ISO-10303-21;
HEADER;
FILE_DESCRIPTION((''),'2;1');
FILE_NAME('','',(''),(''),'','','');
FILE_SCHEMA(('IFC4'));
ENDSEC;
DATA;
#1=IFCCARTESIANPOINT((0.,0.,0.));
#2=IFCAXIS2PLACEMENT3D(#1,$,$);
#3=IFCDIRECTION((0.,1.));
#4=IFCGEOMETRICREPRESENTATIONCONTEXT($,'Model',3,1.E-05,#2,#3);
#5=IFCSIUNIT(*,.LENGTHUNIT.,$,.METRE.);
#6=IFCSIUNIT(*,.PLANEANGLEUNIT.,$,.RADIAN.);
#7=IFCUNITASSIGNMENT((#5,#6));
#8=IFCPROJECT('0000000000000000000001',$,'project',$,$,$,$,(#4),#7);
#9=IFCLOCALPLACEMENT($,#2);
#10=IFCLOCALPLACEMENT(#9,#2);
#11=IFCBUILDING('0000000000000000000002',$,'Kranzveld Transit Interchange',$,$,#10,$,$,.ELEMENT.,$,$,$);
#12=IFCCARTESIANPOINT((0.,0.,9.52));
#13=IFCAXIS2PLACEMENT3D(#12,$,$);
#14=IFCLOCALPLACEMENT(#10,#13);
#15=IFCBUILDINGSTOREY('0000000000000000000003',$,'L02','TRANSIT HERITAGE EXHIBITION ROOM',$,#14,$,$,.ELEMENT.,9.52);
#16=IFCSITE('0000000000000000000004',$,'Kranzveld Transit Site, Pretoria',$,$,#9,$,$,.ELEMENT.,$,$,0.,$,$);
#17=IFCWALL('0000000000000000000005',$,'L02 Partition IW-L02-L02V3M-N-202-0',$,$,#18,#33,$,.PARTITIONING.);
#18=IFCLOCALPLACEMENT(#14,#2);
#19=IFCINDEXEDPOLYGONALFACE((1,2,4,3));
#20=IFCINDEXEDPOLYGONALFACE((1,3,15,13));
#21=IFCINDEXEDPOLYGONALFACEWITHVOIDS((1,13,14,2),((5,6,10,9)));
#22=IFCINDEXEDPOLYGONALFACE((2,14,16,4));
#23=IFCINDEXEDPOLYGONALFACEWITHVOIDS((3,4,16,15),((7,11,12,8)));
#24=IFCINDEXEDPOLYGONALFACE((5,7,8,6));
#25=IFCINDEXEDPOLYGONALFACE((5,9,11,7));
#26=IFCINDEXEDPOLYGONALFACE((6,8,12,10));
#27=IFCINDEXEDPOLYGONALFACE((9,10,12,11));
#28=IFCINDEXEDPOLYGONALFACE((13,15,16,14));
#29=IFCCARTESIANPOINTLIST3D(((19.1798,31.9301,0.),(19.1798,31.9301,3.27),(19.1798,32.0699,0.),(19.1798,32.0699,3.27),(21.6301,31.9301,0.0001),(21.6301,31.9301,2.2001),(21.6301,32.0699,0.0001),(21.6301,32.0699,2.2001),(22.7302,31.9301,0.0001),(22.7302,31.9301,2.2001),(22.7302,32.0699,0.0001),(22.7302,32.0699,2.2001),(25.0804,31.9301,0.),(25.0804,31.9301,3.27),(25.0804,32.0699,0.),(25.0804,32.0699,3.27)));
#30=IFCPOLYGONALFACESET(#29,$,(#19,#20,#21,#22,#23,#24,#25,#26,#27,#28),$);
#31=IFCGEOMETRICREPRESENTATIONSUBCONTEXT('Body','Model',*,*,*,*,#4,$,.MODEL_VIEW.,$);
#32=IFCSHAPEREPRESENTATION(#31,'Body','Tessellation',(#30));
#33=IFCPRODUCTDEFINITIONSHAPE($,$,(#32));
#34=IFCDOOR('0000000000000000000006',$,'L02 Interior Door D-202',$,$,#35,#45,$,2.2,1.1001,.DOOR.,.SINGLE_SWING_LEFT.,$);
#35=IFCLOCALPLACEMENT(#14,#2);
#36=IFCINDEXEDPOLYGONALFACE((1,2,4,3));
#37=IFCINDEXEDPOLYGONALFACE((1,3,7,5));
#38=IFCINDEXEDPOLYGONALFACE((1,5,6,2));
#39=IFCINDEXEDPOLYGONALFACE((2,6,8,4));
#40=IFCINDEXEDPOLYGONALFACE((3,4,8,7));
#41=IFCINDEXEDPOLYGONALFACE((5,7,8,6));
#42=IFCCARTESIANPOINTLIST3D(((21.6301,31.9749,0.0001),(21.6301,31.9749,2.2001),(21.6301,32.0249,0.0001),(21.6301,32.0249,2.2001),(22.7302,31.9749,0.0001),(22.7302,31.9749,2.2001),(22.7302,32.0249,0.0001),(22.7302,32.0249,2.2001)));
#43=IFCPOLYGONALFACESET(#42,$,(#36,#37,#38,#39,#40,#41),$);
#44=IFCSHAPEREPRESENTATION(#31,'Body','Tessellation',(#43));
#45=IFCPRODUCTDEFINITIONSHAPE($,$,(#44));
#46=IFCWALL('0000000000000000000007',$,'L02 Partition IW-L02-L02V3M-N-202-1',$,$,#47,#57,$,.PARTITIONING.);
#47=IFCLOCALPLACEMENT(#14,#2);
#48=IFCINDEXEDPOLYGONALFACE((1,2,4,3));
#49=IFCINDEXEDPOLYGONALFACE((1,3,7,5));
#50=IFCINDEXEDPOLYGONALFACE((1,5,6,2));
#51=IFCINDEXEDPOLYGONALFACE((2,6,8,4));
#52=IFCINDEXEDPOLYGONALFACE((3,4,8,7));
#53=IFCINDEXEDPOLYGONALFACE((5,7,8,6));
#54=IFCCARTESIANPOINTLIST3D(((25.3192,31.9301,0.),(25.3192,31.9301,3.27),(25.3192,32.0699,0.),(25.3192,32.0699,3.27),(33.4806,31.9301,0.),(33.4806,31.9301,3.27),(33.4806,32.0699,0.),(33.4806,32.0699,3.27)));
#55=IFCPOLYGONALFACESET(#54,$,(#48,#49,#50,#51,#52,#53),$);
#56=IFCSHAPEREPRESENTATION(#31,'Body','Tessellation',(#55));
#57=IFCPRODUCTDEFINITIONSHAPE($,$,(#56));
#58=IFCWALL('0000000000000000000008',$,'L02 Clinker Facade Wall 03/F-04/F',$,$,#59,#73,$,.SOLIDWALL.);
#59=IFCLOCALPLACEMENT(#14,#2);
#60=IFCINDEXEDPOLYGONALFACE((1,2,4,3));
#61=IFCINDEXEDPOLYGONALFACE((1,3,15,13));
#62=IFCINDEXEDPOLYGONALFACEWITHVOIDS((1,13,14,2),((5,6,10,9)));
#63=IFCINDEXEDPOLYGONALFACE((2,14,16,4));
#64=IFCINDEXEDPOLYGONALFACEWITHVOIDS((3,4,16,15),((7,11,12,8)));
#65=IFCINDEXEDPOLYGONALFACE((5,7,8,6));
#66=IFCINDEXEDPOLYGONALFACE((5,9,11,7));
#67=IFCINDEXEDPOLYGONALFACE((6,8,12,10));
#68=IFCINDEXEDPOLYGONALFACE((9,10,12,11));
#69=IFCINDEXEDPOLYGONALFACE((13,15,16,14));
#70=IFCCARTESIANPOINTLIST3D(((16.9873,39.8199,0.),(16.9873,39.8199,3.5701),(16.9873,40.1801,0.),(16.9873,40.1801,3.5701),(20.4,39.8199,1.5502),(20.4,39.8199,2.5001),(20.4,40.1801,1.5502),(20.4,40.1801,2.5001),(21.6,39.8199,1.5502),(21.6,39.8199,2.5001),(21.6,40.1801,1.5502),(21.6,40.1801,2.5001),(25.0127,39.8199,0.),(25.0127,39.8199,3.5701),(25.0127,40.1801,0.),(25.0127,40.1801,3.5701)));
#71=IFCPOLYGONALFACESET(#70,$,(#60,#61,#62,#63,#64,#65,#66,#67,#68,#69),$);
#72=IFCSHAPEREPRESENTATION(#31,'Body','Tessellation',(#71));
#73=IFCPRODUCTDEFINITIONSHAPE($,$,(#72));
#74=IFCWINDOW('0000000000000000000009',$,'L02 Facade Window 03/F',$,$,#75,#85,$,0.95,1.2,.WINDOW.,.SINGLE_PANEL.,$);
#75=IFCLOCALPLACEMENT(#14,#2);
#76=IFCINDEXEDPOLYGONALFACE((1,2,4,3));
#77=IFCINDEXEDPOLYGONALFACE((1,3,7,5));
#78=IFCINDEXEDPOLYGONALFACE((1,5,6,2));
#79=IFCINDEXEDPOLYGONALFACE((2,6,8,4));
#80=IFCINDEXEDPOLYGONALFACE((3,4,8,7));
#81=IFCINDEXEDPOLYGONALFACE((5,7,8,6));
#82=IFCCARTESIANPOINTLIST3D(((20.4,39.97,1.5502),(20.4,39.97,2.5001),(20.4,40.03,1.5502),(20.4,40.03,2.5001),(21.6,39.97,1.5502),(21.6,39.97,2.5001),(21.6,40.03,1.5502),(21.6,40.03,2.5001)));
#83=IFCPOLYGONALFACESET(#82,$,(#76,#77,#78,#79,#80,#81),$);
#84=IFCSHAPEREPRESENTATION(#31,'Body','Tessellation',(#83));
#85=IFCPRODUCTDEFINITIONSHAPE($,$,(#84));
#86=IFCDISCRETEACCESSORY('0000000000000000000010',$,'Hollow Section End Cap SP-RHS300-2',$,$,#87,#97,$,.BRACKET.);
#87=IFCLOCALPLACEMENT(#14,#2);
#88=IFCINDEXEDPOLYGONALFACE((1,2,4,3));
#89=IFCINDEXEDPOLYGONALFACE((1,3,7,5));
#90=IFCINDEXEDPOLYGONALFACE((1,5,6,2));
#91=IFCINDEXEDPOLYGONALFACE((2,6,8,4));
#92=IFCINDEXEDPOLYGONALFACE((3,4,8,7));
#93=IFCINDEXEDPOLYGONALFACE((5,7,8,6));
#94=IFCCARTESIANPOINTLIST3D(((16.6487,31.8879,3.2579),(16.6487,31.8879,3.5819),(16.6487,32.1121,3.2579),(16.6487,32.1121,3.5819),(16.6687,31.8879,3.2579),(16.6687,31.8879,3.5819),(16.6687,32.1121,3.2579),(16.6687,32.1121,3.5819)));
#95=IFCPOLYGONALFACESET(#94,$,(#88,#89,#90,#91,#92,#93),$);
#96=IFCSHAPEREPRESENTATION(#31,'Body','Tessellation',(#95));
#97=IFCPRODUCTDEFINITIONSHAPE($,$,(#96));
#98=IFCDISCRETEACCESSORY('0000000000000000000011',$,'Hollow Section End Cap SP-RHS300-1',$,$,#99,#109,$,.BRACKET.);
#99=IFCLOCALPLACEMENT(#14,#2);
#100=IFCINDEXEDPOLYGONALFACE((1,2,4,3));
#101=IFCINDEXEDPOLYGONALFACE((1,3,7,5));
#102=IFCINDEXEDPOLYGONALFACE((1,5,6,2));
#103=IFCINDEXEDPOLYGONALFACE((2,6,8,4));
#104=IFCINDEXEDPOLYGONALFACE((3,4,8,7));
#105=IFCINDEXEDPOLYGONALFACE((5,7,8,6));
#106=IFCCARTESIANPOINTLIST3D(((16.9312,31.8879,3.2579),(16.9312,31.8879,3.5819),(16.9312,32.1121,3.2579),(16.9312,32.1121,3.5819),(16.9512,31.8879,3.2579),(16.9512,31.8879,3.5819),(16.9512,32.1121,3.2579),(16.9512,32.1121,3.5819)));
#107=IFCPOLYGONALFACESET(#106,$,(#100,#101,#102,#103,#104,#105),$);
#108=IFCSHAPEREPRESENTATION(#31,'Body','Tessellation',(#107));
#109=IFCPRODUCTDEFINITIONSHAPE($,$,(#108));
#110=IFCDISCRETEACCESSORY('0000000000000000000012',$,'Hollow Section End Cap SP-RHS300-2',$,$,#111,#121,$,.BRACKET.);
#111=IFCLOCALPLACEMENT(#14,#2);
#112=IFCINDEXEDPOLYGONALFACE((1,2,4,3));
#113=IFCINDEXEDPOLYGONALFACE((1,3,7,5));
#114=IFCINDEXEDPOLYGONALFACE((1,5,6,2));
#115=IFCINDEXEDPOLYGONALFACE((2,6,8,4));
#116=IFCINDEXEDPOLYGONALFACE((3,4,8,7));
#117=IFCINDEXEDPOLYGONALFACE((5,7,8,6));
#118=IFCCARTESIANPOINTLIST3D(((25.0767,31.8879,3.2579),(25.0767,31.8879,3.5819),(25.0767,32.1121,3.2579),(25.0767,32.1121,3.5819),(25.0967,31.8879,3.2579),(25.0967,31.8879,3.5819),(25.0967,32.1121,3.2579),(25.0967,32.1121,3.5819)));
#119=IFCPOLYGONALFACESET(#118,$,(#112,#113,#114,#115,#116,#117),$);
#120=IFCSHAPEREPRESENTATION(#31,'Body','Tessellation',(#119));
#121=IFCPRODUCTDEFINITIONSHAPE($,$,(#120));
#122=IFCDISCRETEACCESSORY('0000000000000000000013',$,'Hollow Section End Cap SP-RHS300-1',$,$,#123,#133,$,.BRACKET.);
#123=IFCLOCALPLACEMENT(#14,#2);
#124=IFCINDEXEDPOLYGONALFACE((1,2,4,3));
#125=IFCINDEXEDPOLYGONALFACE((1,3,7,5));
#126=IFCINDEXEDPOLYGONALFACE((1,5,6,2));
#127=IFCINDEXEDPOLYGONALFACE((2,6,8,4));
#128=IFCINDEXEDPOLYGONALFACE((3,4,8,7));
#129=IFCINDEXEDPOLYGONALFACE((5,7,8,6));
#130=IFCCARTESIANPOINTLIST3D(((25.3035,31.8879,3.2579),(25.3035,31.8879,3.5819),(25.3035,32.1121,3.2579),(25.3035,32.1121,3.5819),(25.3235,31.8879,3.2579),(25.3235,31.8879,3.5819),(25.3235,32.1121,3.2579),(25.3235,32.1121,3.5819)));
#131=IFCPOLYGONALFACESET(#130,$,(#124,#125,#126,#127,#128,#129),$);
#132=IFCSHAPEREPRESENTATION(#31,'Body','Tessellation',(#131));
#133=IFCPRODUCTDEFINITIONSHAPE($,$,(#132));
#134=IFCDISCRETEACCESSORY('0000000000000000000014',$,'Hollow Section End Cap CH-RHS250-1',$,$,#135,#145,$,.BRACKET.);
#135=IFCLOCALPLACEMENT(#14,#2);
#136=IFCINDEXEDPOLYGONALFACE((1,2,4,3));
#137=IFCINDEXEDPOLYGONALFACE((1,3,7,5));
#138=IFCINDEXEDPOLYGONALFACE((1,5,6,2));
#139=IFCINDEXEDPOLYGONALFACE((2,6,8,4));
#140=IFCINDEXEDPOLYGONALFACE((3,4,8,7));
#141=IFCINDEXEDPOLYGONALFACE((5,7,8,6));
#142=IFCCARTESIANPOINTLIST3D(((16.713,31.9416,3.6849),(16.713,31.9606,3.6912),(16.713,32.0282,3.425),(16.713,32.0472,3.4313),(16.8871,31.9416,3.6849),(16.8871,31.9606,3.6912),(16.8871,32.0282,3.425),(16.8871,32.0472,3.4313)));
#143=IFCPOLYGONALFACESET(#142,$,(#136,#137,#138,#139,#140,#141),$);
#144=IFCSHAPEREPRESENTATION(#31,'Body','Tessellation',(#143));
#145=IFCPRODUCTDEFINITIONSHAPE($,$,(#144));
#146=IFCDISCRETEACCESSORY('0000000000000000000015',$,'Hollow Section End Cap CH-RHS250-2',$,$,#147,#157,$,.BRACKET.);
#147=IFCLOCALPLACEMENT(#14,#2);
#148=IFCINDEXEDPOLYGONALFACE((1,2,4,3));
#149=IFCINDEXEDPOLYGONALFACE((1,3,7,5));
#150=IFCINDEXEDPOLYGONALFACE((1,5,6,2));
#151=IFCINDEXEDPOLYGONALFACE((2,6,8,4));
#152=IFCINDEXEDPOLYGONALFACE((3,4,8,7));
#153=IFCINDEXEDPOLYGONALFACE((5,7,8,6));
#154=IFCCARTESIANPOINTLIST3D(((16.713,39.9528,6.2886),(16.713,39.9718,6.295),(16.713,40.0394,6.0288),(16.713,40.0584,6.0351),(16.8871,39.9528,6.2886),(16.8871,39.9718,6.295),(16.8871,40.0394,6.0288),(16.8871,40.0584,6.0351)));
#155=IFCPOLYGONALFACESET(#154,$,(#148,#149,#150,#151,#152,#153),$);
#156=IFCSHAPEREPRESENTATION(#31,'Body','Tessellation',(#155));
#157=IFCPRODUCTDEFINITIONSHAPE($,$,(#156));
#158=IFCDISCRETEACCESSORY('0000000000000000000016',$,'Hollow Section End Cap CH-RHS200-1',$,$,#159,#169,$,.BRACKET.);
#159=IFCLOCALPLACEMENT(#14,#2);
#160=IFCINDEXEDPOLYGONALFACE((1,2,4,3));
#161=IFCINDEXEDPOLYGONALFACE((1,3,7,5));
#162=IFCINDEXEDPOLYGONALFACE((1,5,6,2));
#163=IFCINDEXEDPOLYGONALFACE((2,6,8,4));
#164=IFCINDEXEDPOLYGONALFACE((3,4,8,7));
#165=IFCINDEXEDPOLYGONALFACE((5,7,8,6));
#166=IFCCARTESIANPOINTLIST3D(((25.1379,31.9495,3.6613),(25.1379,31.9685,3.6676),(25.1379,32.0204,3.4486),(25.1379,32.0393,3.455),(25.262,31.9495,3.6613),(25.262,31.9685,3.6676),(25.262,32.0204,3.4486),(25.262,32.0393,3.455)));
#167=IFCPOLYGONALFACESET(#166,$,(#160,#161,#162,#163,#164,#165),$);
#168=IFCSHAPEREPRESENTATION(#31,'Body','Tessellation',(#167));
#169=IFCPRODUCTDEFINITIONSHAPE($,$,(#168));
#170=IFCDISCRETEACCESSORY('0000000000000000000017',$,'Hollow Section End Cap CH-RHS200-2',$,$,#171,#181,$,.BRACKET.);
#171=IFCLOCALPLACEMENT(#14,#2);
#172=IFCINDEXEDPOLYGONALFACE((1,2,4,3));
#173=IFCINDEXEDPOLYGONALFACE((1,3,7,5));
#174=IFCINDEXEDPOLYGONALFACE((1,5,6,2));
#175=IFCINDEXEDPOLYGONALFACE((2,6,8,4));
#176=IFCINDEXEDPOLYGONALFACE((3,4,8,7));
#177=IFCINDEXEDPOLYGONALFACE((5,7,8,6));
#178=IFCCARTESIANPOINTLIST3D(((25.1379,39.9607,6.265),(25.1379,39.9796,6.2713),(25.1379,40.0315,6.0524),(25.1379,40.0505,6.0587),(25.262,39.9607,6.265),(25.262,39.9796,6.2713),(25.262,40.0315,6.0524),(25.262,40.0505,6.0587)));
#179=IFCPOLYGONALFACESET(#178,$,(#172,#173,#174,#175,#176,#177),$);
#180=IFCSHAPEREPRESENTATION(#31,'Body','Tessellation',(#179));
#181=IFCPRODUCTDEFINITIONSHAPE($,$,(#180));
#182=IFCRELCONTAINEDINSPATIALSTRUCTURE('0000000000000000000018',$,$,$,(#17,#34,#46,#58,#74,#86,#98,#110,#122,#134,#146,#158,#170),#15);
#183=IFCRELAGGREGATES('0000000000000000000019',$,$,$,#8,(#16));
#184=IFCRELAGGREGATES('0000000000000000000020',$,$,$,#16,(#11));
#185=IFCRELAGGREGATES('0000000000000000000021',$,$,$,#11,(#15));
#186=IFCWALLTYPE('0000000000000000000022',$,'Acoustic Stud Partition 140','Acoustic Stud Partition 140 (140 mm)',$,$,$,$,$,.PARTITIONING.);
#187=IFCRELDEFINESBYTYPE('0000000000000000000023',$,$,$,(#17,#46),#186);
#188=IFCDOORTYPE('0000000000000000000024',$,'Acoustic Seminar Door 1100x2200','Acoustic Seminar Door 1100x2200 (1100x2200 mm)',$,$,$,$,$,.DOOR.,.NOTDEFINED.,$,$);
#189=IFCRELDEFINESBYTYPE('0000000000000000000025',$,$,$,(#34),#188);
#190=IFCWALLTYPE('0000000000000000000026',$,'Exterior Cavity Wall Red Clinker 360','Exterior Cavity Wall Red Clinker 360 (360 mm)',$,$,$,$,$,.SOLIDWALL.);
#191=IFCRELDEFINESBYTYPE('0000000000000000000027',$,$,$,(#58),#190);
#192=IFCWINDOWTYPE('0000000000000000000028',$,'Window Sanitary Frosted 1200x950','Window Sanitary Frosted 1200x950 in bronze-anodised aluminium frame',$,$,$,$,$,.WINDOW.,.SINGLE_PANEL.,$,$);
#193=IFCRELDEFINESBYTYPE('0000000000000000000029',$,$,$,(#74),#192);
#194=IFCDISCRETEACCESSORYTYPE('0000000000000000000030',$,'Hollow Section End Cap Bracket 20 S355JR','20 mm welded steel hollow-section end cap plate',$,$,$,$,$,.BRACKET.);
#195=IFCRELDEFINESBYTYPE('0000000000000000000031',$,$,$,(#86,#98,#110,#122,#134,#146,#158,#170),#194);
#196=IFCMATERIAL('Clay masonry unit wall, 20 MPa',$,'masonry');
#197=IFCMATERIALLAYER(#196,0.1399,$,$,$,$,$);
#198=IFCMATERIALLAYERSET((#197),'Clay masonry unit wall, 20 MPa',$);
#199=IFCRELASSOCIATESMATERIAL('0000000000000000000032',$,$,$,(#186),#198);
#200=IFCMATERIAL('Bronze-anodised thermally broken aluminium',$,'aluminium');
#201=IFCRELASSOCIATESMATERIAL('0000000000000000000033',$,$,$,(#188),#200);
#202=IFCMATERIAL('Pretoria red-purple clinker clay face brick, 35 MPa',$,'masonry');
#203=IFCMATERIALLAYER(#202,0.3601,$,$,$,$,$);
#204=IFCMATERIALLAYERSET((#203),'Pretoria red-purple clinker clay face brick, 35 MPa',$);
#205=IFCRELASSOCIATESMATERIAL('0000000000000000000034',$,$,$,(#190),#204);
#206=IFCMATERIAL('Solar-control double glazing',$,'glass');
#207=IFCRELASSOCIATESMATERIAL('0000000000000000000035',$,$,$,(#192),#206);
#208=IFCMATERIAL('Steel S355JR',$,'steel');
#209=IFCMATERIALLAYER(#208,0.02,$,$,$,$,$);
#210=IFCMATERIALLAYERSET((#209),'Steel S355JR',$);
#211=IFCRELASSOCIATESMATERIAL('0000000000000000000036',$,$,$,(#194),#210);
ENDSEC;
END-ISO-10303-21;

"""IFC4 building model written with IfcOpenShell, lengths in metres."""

from ifc_helpers import new_model, si_unit, direction, frame, frame_2d, origin, origin_2d, place, context, subcontext, project, spatial, rectangle, extrude, material, layer, layer_set, type_object, element, fill, save


model = new_model("IFC4")

# Units and contexts
model_context = context("Model", 3, precision=1e-05, world=origin(), true_north=direction((0.0, 1.0)))
body_context = subcontext(model_context, "Body", "Model", "MODEL_VIEW")
ifc_project = project(units=[si_unit("LENGTHUNIT", "METRE"), si_unit("PLANEANGLEUNIT", "RADIAN")], contexts=[model_context])

# Site, building, storey
site_placement = place(None, origin())
site = spatial("IfcSite", under=ifc_project, at=site_placement, Name="Kranzveld Transit Site, Pretoria", CompositionType="ELEMENT", RefElevation=0.0)
building_placement = place(site_placement, origin())
building = spatial("IfcBuilding", under=site, at=building_placement, Name="Kranzveld Transit Interchange", CompositionType="ELEMENT")
storey_placement = place(building_placement, frame((0.0, 0.0, 9.52)))
storey = spatial("IfcBuildingStorey", under=building, at=storey_placement, Name="L02", Description="TRANSIT HERITAGE EXHIBITION ROOM", CompositionType="ELEMENT", Elevation=9.52)

# Wall, opening, door
ifc_material_1 = material(Name="Clay masonry unit wall, 20 MPa", Category="masonry")
ifc_layer_1 = layer(ifc_material_1, 0.1399)
ifc_layer_set_1 = layer_set([ifc_layer_1], Name="Clay masonry unit wall, 20 MPa")
wall_type_1 = type_object("IfcWallType", Name="Acoustic Stud Partition 140", Description="Acoustic Stud Partition 140 (140 mm)", PredefinedType="PARTITIONING", material=ifc_layer_set_1)
wall_1_placement = place(storey_placement, frame((19.1799, 32.0, 0.0), z_axis=(0.0, 0.0, 1.0), x_axis=(1.0, 0.0, 0.0)))
wall_1 = element("IfcWall", 1, at=wall_1_placement, inside=storey, type_object=wall_type_1, Name="L02 Partition IW-L02-L02V3M-N-202-0", PredefinedType="PARTITIONING", context=body_context, shape_type="SweptSolid", body=[
    extrude(rectangle(XDim=5.9006, YDim=0.1399, at=frame_2d((2.9502, 0.0))), origin(), (0.0, 0.0, 1.0), 3.27),
])
opening_1_placement = place(wall_1_placement, frame((2.4502, 0.0, 0.0), z_axis=(0.0, 0.0, 1.0), x_axis=(1.0, 0.0, 0.0)))
opening_1 = element("IfcOpeningElement", 2, at=opening_1_placement, cuts=wall_1, PredefinedType="OPENING", context=body_context, shape_type="SweptSolid", body=[
    extrude(rectangle(XDim=1.1001, YDim=2.2, at=frame_2d((0.55, 1.1001))), frame((0.0, 0.0798, 0.0), z_axis=(0.0, -1.0, 0.0), x_axis=(1.0, 0.0, 0.0)), (0.0, 0.0, 1.0), 0.1599),
])
ifc_material_2 = material(Name="Bronze-anodised thermally broken aluminium", Category="aluminium")
door_type = type_object("IfcDoorType", Name="Acoustic Seminar Door 1100x2200", Description="Acoustic Seminar Door 1100x2200 (1100x2200 mm)", OperationType="NOTDEFINED", PredefinedType="DOOR", material=ifc_material_2)
door_placement = place(opening_1_placement, origin())
door = element("IfcDoor", 3, at=door_placement, inside=storey, type_object=door_type, Name="L02 Interior Door D-202", OperationType="SINGLE_SWING_LEFT", OverallHeight=2.2, OverallWidth=1.1001, PredefinedType="DOOR", context=body_context, shape_type="SweptSolid", body=[
    extrude(rectangle(XDim=1.1001, YDim=2.2, at=frame_2d((0.55, 1.1001))), frame((0.0, 0.0249, 0.0), z_axis=(0.0, -1.0, 0.0), x_axis=(1.0, 0.0, 0.0)), (0.0, 0.0, 1.0), 0.05),
])
fill(opening_1, door)

# Wall
wall_2_placement = place(storey_placement, frame((25.3193, 32.0, 0.0), z_axis=(0.0, 0.0, 1.0), x_axis=(1.0, 0.0, 0.0)))
element("IfcWall", 4, at=wall_2_placement, inside=storey, type_object=wall_type_1, Name="L02 Partition IW-L02-L02V3M-N-202-1", PredefinedType="PARTITIONING", context=body_context, shape_type="SweptSolid", body=[
    extrude(rectangle(XDim=8.1614, YDim=0.1399, at=frame_2d((4.0806, 0.0))), origin(), (0.0, 0.0, 1.0), 3.27),
])

# Wall, opening, window
ifc_material_3 = material(Name="Pretoria red-purple clinker clay face brick, 35 MPa", Category="masonry")
ifc_layer_2 = layer(ifc_material_3, 0.3601)
ifc_layer_set_2 = layer_set([ifc_layer_2], Name="Pretoria red-purple clinker clay face brick, 35 MPa")
wall_type_2 = type_object("IfcWallType", Name="Exterior Cavity Wall Red Clinker 360", Description="Exterior Cavity Wall Red Clinker 360 (360 mm)", PredefinedType="SOLIDWALL", material=ifc_layer_set_2)
wall_3_placement = place(storey_placement, frame((16.9873, 40.0, 0.0), z_axis=(0.0, 0.0, 1.0), x_axis=(1.0, 0.0, 0.0)))
wall_3 = element("IfcWall", 5, at=wall_3_placement, inside=storey, type_object=wall_type_2, Name="L02 Clinker Facade Wall 03/F-04/F", PredefinedType="SOLIDWALL", context=body_context, shape_type="SweptSolid", body=[
    extrude(rectangle(XDim=8.0254, YDim=0.3601, at=frame_2d((4.0127, 0.0))), origin(), (0.0, 0.0, 1.0), 3.5701),
])
opening_2_placement = place(wall_3_placement, frame((3.4126, 0.0, 1.55), z_axis=(0.0, 0.0, 1.0), x_axis=(1.0, 0.0, 0.0)))
opening_2 = element("IfcOpeningElement", 6, at=opening_2_placement, cuts=wall_3, PredefinedType="OPENING", context=body_context, shape_type="SweptSolid", body=[
    extrude(rectangle(XDim=1.2, YDim=0.95, at=frame_2d((0.6001, 0.4751))), frame((0.0, 0.1899, 0.0), z_axis=(0.0, -1.0, 0.0), x_axis=(1.0, 0.0, 0.0)), (0.0, 0.0, 1.0), 0.3801),
])
ifc_material_4 = material(Name="Solar-control double glazing", Category="glass")
window_type = type_object("IfcWindowType", Name="Window Sanitary Frosted 1200x950", Description="Window Sanitary Frosted 1200x950 in bronze-anodised aluminium frame", PartitioningType="SINGLE_PANEL", PredefinedType="WINDOW", material=ifc_material_4)
window_placement = place(opening_2_placement, origin())
window = element("IfcWindow", 7, at=window_placement, inside=storey, type_object=window_type, Name="L02 Facade Window 03/F", OverallHeight=0.95, OverallWidth=1.2, PartitioningType="SINGLE_PANEL", PredefinedType="WINDOW", context=body_context, shape_type="SweptSolid", body=[
    extrude(rectangle(XDim=1.2, YDim=0.95, at=frame_2d((0.6001, 0.4751))), frame((0.0, 0.03, 0.0), z_axis=(0.0, -1.0, 0.0), x_axis=(1.0, 0.0, 0.0)), (0.0, 0.0, 1.0), 0.0601),
])
fill(opening_2, window)

# Discrete accessories
ifc_material_5 = material(Name="Steel S355JR", Category="steel")
ifc_layer_3 = layer(ifc_material_5, 0.02)
ifc_layer_set_3 = layer_set([ifc_layer_3], Name="Steel S355JR")
discrete_accessory_type = type_object("IfcDiscreteAccessoryType", Name="Hollow Section End Cap Bracket 20 S355JR", Description="20 mm welded steel hollow-section end cap plate", PredefinedType="BRACKET", material=ifc_layer_set_3)
for number, where, z_axis, x_axis, name in (
    (8, (16.6487, 32.0, 3.4199), (1.0, 0.0, 0.0), (0.0, 1.0, 0.0), "Hollow Section End Cap SP-RHS300-2"),
    (9, (16.9512, 32.0, 3.4199), (-1.0, 0.0, 0.0), (0.0, -1.0, 0.0), "Hollow Section End Cap SP-RHS300-1"),
    (10, (25.0767, 32.0, 3.4199), (1.0, 0.0, 0.0), (0.0, 1.0, 0.0), "Hollow Section End Cap SP-RHS300-2"),
    (11, (25.3235, 32.0, 3.4199), (-1.0, 0.0, 0.0), (0.0, -1.0, 0.0), "Hollow Section End Cap SP-RHS300-1"),
):
    element("IfcDiscreteAccessory", number, at=place(storey_placement, frame(where, z_axis=z_axis, x_axis=x_axis)), inside=storey, type_object=discrete_accessory_type, Name=name, PredefinedType="BRACKET", context=body_context, shape_type="SweptSolid", body=[
        extrude(rectangle(XDim=0.2241, YDim=0.324, at=origin_2d()), origin(), (0.0, 0.0, 1.0), 0.02),
    ])
for number, where, z_axis, x_axis, name in (
    (12, (16.8, 32.0039, 3.5613), (0.0, -0.948683, -0.316228), (1.0, 0.0, 0.0), "Hollow Section End Cap CH-RHS250-1"),
    (13, (16.8, 39.9961, 6.1587), (0.0, 0.948683, 0.316228), (-1.0, 0.0, 0.0), "Hollow Section End Cap CH-RHS250-2"),
):
    element("IfcDiscreteAccessory", number, at=place(storey_placement, frame(where, z_axis=z_axis, x_axis=x_axis)), inside=storey, type_object=discrete_accessory_type, Name=name, PredefinedType="BRACKET", context=body_context, shape_type="SweptSolid", body=[
        extrude(rectangle(XDim=0.1741, YDim=0.2739, at=origin_2d()), origin(), (0.0, 0.0, 1.0), 0.02),
    ])
for number, where, z_axis, x_axis, name in (
    (14, (25.2, 32.0039, 3.5613), (0.0, -0.948683, -0.316228), (1.0, 0.0, 0.0), "Hollow Section End Cap CH-RHS200-1"),
    (15, (25.2, 39.9961, 6.1587), (0.0, 0.948683, 0.316228), (-1.0, 0.0, 0.0), "Hollow Section End Cap CH-RHS200-2"),
):
    element("IfcDiscreteAccessory", number, at=place(storey_placement, frame(where, z_axis=z_axis, x_axis=x_axis)), inside=storey, type_object=discrete_accessory_type, Name=name, PredefinedType="BRACKET", context=body_context, shape_type="SweptSolid", body=[
        extrude(rectangle(XDim=0.124, YDim=0.2241, at=origin_2d()), origin(), (0.0, 0.0, 1.0), 0.02),
    ])

save(model, "model.ifc")
